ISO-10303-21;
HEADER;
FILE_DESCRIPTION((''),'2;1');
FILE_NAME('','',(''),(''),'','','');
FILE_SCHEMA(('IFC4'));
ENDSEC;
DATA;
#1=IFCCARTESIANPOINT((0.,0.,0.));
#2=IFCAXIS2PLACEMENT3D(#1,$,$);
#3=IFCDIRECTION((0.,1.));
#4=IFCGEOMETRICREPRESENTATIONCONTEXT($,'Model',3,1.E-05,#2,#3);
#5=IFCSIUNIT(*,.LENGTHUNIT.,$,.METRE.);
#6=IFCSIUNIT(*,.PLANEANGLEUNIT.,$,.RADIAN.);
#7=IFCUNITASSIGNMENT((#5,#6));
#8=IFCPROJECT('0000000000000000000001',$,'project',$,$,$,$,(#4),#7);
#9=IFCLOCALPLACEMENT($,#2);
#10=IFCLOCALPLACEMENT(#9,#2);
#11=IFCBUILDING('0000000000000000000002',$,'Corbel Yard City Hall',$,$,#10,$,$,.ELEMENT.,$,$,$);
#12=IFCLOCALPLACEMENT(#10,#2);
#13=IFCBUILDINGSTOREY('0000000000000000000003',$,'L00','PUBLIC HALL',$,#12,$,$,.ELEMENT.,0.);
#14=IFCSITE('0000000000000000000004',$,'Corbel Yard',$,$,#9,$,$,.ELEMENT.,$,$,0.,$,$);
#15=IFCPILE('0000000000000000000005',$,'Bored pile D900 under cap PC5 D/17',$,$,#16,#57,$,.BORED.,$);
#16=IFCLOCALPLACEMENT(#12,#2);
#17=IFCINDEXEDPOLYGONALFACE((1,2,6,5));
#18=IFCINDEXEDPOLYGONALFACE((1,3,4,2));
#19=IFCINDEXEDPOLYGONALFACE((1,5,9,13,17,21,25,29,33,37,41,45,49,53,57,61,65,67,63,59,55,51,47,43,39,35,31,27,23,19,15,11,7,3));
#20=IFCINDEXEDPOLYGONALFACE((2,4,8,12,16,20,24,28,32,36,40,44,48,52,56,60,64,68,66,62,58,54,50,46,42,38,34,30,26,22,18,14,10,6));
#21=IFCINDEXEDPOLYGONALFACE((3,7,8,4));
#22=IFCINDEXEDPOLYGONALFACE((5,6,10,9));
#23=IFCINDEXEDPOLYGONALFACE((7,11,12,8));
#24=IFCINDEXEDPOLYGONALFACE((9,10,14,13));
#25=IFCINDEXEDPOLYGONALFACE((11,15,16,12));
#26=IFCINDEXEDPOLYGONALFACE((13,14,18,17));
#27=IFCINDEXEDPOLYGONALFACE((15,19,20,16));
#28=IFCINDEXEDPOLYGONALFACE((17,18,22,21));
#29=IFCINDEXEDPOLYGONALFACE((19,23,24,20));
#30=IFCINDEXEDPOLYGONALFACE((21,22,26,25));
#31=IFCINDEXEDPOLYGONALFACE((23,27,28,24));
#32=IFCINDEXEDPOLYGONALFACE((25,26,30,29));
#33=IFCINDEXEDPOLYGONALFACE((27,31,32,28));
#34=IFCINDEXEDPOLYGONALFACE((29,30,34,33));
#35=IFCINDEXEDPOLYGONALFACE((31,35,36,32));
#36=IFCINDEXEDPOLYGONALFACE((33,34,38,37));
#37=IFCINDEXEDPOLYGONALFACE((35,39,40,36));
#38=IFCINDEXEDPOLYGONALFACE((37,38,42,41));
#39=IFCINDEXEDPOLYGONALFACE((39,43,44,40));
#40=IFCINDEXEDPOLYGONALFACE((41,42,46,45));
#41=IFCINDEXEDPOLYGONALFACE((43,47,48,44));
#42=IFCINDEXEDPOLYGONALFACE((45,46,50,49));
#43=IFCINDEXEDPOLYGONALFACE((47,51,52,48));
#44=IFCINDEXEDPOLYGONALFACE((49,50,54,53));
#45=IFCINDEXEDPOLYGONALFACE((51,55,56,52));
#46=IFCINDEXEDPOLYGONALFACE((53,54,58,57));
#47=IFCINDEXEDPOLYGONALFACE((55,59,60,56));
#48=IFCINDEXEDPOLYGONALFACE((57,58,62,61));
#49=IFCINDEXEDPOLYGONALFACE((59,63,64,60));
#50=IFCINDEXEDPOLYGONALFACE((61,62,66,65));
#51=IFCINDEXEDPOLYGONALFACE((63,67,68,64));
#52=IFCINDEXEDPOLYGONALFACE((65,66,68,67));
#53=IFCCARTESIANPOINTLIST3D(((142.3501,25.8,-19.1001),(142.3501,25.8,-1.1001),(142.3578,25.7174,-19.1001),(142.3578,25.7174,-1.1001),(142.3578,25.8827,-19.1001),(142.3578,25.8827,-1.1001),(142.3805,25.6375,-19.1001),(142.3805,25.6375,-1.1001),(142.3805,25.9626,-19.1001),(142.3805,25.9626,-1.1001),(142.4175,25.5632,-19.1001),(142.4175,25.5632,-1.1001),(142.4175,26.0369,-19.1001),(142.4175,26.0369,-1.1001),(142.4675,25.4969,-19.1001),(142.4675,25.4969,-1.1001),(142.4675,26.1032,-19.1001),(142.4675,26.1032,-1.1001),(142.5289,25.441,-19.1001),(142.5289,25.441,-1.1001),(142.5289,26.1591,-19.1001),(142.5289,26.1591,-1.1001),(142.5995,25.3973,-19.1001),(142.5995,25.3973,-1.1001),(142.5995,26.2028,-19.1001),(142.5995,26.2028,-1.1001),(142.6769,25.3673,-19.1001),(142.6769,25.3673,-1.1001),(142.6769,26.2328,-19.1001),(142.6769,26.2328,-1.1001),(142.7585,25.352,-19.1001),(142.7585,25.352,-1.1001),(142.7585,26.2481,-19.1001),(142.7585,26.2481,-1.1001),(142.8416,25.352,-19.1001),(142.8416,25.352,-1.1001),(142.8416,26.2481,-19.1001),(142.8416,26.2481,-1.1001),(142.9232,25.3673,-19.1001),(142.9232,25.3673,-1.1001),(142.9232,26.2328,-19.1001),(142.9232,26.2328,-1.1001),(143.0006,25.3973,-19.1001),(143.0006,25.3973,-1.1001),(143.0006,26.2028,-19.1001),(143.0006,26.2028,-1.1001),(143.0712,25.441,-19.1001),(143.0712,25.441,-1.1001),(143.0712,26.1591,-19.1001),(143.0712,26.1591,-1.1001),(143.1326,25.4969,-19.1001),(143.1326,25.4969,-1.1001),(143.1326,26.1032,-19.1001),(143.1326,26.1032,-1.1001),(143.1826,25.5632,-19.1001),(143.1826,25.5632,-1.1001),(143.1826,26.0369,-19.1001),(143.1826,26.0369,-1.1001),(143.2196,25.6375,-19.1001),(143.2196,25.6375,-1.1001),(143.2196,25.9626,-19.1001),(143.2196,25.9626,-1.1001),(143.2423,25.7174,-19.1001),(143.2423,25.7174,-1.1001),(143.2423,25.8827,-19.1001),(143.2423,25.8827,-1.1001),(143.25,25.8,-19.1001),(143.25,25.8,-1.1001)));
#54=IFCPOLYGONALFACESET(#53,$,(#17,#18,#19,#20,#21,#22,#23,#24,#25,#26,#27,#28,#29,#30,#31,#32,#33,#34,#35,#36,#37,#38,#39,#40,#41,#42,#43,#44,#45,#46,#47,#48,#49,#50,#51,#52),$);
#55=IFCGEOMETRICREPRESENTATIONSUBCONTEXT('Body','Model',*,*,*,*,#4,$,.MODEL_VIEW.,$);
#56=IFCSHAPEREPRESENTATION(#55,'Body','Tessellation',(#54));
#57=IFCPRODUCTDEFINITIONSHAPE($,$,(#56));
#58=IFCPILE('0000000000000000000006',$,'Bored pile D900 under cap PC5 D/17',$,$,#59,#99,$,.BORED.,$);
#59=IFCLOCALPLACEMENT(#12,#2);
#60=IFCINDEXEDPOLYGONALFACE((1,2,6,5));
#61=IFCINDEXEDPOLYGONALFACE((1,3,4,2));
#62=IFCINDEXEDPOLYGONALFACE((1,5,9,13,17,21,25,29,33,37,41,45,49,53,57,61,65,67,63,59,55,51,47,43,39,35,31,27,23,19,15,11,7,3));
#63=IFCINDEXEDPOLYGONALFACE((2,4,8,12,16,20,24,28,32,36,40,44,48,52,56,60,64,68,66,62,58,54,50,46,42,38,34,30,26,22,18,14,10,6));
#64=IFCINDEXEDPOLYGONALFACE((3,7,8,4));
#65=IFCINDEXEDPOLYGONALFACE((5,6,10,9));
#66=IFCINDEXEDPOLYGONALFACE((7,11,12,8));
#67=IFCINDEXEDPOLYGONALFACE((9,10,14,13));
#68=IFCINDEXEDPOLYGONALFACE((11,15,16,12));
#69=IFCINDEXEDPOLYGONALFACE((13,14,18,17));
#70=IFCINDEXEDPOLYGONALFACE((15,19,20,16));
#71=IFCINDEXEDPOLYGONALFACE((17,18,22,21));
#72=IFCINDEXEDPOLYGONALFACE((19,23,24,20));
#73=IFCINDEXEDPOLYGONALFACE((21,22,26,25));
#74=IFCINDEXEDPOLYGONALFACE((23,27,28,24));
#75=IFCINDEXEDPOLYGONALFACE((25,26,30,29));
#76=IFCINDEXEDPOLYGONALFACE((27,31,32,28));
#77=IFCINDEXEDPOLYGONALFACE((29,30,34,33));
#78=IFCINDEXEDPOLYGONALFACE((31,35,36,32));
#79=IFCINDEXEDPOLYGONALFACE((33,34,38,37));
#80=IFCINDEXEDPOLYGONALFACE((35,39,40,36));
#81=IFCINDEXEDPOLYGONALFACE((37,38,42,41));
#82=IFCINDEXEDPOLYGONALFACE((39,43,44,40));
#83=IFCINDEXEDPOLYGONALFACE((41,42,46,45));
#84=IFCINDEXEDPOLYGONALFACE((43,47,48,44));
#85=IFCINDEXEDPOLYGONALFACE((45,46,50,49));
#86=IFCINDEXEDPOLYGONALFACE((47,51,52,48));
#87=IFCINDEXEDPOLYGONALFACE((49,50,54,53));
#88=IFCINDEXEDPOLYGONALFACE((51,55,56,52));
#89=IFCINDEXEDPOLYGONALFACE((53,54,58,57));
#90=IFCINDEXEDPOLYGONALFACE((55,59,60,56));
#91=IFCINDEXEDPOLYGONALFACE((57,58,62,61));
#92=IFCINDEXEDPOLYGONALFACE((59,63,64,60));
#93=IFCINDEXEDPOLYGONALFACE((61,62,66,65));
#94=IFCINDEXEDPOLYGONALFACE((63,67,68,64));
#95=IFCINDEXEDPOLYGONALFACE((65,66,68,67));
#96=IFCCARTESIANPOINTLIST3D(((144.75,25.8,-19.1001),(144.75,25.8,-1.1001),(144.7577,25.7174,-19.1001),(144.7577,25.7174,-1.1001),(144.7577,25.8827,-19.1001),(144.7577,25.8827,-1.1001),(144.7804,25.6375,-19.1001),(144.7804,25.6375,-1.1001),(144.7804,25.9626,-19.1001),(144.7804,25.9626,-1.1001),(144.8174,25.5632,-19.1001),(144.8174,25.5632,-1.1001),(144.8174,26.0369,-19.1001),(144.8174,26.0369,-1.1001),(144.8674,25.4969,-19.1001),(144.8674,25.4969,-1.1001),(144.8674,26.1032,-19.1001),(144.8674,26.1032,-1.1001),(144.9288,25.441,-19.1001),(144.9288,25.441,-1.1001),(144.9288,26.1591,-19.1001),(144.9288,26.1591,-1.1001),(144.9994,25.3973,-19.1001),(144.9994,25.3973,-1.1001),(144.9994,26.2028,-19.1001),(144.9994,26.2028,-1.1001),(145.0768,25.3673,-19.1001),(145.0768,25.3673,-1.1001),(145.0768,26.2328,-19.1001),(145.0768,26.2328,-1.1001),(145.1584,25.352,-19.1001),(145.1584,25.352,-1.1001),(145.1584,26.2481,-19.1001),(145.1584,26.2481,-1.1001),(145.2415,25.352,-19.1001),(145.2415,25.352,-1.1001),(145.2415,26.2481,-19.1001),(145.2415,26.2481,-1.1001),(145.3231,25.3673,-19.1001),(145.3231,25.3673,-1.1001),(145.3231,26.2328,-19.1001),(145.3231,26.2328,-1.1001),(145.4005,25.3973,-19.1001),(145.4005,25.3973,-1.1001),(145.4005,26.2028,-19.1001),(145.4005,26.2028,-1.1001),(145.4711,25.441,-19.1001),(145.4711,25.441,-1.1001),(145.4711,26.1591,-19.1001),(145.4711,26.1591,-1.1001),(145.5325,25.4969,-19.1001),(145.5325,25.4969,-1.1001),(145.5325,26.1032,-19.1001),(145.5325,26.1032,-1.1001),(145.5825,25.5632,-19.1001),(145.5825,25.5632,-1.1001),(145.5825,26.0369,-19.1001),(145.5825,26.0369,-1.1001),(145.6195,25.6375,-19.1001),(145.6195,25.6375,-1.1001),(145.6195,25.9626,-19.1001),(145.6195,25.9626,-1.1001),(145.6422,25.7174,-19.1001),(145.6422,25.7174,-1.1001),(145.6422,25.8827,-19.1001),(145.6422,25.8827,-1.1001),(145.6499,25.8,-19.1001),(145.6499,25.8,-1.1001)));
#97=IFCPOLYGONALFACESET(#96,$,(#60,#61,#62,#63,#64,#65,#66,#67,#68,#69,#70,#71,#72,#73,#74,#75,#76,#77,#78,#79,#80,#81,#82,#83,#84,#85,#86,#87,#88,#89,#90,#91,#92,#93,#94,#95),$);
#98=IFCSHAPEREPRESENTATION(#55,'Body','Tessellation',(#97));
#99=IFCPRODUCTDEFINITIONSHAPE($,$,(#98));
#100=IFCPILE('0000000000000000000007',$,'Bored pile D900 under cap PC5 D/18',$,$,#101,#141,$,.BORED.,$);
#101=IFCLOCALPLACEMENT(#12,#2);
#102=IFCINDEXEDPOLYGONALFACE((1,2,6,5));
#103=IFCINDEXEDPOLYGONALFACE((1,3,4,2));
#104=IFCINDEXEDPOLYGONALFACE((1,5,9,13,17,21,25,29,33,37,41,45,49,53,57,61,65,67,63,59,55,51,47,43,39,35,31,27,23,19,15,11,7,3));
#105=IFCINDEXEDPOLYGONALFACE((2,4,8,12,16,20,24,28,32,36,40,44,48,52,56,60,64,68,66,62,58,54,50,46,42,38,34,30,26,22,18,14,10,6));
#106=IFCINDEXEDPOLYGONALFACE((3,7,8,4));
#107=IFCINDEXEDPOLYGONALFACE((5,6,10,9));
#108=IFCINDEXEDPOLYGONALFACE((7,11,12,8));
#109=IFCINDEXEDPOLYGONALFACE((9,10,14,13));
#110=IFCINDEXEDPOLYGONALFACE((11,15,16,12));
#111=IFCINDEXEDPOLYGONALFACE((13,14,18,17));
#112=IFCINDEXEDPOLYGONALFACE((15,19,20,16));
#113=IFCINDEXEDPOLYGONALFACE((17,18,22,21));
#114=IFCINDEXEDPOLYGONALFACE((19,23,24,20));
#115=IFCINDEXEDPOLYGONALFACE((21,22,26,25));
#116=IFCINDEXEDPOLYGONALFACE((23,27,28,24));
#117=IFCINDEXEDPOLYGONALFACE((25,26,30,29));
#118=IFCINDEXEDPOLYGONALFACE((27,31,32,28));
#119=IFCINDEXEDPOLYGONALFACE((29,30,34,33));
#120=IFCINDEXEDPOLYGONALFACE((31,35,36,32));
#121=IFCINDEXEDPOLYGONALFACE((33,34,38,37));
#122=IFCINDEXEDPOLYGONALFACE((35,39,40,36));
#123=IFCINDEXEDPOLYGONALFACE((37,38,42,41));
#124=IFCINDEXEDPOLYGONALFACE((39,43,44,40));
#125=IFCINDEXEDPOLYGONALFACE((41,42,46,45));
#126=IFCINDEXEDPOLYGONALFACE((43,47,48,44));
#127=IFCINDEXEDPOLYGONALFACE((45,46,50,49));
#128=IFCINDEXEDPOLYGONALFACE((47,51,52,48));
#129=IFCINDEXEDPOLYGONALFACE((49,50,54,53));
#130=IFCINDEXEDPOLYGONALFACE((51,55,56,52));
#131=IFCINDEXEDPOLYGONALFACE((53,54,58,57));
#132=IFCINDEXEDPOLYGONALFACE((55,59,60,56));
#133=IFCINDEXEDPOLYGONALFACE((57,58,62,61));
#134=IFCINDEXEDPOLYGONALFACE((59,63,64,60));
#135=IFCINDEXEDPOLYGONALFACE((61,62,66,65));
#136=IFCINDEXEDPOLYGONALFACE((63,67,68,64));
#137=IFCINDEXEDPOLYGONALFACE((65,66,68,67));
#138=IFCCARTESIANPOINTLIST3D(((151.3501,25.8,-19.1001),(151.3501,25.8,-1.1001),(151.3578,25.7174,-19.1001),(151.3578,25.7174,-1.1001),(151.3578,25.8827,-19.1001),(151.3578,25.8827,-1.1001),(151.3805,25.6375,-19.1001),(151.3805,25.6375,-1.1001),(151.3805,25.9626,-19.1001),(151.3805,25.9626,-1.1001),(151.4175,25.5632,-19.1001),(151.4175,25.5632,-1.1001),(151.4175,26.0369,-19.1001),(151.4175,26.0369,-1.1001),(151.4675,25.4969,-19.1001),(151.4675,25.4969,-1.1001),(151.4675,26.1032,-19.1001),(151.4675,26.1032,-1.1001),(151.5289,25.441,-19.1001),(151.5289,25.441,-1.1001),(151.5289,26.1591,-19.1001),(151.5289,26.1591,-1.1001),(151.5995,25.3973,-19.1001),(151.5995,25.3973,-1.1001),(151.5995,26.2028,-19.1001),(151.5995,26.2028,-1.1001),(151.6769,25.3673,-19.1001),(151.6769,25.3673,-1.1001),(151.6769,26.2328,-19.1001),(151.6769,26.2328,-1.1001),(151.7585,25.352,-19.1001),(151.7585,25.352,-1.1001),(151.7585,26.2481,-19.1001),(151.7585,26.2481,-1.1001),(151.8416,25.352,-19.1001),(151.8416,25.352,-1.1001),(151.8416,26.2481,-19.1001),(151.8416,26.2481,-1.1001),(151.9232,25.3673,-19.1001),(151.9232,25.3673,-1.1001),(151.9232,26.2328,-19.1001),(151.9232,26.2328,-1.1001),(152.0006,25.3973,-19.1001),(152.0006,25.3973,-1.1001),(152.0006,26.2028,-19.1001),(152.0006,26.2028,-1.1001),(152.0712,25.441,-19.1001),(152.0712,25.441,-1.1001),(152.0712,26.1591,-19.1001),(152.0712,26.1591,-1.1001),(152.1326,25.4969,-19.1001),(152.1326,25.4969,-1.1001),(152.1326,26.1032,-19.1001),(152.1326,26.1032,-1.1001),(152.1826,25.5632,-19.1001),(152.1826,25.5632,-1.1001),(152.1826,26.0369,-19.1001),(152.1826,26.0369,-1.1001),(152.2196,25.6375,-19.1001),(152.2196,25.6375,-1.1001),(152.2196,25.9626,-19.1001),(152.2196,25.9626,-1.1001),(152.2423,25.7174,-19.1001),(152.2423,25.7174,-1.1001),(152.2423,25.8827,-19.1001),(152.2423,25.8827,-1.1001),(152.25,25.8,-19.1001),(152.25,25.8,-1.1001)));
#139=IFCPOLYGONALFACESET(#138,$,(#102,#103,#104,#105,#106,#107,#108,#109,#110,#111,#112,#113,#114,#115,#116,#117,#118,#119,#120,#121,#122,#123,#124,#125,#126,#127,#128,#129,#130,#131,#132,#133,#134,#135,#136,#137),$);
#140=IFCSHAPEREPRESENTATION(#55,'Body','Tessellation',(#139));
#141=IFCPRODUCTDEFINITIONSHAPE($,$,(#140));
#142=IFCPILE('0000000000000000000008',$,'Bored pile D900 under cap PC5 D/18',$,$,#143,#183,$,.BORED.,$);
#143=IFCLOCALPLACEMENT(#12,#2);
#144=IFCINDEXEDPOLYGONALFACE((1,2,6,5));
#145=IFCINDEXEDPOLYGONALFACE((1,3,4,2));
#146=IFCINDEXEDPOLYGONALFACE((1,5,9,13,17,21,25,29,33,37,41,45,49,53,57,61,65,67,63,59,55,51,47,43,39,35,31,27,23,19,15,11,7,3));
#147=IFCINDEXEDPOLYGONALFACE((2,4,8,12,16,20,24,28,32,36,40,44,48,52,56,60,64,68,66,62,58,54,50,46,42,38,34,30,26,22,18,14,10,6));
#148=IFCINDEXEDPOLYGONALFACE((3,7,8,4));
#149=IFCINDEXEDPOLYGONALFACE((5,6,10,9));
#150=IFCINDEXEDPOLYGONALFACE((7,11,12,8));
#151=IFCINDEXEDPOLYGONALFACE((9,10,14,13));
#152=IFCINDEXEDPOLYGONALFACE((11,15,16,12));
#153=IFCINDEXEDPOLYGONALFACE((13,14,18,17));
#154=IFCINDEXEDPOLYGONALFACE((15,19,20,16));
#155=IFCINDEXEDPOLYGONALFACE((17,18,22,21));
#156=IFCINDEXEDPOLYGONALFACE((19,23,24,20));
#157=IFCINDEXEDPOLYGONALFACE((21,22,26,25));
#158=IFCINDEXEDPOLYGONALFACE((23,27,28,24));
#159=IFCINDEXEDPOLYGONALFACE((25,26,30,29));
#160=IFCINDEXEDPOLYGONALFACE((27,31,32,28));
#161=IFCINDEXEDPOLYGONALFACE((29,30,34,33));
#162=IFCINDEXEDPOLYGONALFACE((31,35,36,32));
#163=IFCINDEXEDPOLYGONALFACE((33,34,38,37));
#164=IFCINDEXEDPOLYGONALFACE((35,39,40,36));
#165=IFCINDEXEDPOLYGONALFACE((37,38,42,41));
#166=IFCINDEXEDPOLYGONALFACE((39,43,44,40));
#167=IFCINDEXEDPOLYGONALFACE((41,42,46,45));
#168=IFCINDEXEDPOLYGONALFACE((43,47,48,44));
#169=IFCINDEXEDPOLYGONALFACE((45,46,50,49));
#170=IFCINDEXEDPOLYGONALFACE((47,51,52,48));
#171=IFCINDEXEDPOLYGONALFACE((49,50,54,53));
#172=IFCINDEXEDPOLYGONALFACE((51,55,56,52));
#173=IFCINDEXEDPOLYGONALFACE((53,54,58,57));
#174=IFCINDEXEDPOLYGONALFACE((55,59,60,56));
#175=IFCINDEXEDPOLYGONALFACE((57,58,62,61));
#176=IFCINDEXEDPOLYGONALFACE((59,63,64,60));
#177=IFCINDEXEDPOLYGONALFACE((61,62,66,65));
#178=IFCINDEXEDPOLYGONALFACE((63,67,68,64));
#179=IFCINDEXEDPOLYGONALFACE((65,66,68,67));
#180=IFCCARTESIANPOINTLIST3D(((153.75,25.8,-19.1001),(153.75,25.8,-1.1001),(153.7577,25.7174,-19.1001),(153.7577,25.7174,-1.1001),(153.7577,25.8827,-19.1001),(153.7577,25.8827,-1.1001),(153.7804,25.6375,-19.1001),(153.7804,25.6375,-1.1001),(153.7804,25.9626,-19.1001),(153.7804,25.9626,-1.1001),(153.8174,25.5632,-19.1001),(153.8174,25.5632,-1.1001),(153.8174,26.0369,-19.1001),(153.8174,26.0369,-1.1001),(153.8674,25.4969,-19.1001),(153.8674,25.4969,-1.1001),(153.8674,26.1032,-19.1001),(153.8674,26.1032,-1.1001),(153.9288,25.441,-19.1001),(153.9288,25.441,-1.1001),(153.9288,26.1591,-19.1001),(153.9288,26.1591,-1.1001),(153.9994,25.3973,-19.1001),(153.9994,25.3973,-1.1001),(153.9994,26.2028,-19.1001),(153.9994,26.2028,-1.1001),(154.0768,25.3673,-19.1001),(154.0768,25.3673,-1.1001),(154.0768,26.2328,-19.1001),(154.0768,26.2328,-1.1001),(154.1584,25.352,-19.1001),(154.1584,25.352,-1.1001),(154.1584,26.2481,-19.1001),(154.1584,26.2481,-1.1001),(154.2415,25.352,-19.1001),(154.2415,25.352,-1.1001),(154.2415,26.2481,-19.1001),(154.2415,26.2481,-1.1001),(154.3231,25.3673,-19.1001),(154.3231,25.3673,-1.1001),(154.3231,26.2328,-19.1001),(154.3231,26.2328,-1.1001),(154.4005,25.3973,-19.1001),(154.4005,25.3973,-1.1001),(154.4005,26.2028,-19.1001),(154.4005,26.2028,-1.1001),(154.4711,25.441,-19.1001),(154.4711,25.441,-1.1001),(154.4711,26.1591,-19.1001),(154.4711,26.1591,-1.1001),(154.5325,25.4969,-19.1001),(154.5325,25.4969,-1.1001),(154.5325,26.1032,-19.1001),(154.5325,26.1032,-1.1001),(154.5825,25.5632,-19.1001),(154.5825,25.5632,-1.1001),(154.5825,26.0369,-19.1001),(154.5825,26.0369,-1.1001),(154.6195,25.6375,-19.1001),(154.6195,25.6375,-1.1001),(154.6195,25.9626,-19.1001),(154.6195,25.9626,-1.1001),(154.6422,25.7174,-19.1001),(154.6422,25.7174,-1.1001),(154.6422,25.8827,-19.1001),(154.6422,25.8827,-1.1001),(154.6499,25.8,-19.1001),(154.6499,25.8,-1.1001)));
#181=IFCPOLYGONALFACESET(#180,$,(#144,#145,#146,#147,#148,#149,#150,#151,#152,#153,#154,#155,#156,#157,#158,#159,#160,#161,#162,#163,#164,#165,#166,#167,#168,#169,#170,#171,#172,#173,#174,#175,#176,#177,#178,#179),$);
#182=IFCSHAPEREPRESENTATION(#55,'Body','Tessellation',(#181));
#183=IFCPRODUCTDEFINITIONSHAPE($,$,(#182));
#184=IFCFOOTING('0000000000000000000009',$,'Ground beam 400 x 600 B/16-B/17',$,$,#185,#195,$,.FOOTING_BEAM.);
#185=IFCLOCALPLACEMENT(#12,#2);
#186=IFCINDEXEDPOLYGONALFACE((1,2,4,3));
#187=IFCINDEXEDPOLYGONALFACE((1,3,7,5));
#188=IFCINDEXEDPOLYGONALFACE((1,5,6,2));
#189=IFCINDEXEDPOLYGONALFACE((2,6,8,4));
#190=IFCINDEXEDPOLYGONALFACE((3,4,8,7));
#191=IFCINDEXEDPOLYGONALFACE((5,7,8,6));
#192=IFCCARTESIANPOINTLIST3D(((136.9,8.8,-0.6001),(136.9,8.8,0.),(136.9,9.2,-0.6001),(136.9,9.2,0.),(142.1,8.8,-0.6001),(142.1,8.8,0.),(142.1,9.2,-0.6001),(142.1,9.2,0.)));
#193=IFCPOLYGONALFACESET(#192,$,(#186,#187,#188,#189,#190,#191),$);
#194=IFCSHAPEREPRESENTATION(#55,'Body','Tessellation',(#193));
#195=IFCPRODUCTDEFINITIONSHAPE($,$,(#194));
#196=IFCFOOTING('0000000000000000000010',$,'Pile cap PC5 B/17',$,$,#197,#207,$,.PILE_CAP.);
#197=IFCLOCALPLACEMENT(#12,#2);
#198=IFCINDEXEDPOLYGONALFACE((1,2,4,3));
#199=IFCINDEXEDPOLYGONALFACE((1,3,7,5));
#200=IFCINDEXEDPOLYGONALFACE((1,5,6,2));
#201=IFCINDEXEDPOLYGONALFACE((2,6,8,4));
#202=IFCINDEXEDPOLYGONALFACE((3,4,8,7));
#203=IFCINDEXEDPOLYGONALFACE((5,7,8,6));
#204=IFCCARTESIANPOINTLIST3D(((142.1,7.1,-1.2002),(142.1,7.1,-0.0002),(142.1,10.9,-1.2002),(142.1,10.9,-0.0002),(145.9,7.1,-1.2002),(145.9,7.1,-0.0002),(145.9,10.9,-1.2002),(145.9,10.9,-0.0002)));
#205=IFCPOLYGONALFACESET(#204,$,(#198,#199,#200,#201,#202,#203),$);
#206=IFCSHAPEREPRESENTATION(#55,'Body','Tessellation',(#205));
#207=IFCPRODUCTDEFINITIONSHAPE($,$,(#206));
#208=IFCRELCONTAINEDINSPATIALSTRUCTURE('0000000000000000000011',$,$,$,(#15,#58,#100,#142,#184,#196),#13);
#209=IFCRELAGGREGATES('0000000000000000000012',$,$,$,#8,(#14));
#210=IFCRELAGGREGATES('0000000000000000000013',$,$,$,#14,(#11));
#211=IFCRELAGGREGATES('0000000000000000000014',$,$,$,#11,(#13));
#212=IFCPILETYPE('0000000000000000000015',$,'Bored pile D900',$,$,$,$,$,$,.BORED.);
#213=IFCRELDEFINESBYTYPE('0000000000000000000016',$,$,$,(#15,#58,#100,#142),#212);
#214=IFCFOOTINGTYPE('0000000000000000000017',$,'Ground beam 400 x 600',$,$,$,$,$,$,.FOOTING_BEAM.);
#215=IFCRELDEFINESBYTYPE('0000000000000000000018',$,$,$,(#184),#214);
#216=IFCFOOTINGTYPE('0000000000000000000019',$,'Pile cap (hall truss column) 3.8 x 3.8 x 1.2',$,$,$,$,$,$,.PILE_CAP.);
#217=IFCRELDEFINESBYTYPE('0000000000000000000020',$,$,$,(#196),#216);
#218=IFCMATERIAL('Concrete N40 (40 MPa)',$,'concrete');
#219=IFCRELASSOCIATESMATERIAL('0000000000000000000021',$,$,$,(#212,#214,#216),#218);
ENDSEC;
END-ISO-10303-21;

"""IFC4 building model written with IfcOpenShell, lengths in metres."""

from ifc_helpers import new_model, si_unit, direction, frame, origin, origin_2d, place, context, subcontext, project, spatial, rectangle, circle, extrude, material, material_profile, profile_set, type_object, element, save


model = new_model("IFC4")

# Units and contexts
model_context = context("Model", 3, precision=1e-05, world=origin(), true_north=direction((0.0, 1.0)))
body_context = subcontext(model_context, "Body", "Model", "MODEL_VIEW")
ifc_project = project(units=[si_unit("LENGTHUNIT", "METRE"), si_unit("PLANEANGLEUNIT", "RADIAN")], contexts=[model_context])

# Site, building, storey
site_placement = place(None, origin())
site = spatial("IfcSite", under=ifc_project, at=site_placement, Name="Corbel Yard", CompositionType="ELEMENT", RefElevation=0.0)
building_placement = place(site_placement, origin())
building = spatial("IfcBuilding", under=site, at=building_placement, Name="Corbel Yard City Hall", CompositionType="ELEMENT")
storey_placement = place(building_placement, origin())
storey = spatial("IfcBuildingStorey", under=building, at=storey_placement, Name="L00", Description="PUBLIC HALL", CompositionType="ELEMENT", Elevation=0.0)

# Piles
ifc_material_1 = material(Name="Concrete N40 (40 MPa)", Category="concrete")
ifc_material_profile_1 = material_profile(ifc_material_1, circle(Radius=0.45, at=origin_2d()), Name="D900")
ifc_profile_set_1 = profile_set([ifc_material_profile_1], Name="Concrete N40 (40 MPa)")
pile_type_1 = type_object("IfcPileType", Name="Bored pile D900", PredefinedType="BORED", material=ifc_profile_set_1)
for number, where, z_axis, x_axis, name in (
    (1, (142.8, 25.8, -1.1001), (0.0, 0.0, -1.0), (1.0, 0.0, 0.0), "Bored pile D900 under cap PC5 D/17"),
    (2, (145.2, 25.8, -1.1001), (0.0, 0.0, -1.0), (1.0, 0.0, 0.0), "Bored pile D900 under cap PC5 D/17"),
    (3, (151.8, 25.8, -1.1001), (0.0, 0.0, -1.0), (1.0, 0.0, 0.0), "Bored pile D900 under cap PC5 D/18"),
    (4, (154.2, 25.8, -1.1001), (0.0, 0.0, -1.0), (1.0, 0.0, 0.0), "Bored pile D900 under cap PC5 D/18"),
):
    element("IfcPile", number, at=place(storey_placement, frame(where, z_axis=z_axis, x_axis=x_axis)), inside=storey, type_object=pile_type_1, Name=name, PredefinedType="BORED", context=body_context, shape_type="SweptSolid", body=[
        extrude(circle(Radius=0.45, at=origin_2d()), origin(), (0.0, 0.0, 1.0), 18.0),
    ])

# Footings
footing_type_1 = type_object("IfcFootingType", Name="Ground beam 400 x 600", PredefinedType="FOOTING_BEAM", material=ifc_material_1)
footing_1_placement = place(storey_placement, frame((139.5, 9.0, -0.6001), z_axis=(0.0, 0.0, 1.0), x_axis=(1.0, 0.0, 0.0)))
element("IfcFooting", 5, at=footing_1_placement, inside=storey, type_object=footing_type_1, Name="Ground beam 400 x 600 B/16-B/17", PredefinedType="FOOTING_BEAM", context=body_context, shape_type="SweptSolid", body=[
    extrude(rectangle(XDim=5.2, YDim=0.3999, at=origin_2d()), origin(), (0.0, 0.0, 1.0), 0.6001),
])
footing_type_2 = type_object("IfcFootingType", Name="Pile cap (hall truss column) 3.8 x 3.8 x 1.2", PredefinedType="PILE_CAP", material=ifc_material_1)
footing_2_placement = place(storey_placement, frame((144.0, 9.0, -1.2002), z_axis=(0.0, 0.0, 1.0), x_axis=(1.0, 0.0, 0.0)))
element("IfcFooting", 6, at=footing_2_placement, inside=storey, type_object=footing_type_2, Name="Pile cap PC5 B/17", PredefinedType="PILE_CAP", context=body_context, shape_type="SweptSolid", body=[
    extrude(rectangle(XDim=3.8, YDim=3.8, at=origin_2d()), origin(), (0.0, 0.0, 1.0), 1.2),
])

save(model, "model.ifc")
